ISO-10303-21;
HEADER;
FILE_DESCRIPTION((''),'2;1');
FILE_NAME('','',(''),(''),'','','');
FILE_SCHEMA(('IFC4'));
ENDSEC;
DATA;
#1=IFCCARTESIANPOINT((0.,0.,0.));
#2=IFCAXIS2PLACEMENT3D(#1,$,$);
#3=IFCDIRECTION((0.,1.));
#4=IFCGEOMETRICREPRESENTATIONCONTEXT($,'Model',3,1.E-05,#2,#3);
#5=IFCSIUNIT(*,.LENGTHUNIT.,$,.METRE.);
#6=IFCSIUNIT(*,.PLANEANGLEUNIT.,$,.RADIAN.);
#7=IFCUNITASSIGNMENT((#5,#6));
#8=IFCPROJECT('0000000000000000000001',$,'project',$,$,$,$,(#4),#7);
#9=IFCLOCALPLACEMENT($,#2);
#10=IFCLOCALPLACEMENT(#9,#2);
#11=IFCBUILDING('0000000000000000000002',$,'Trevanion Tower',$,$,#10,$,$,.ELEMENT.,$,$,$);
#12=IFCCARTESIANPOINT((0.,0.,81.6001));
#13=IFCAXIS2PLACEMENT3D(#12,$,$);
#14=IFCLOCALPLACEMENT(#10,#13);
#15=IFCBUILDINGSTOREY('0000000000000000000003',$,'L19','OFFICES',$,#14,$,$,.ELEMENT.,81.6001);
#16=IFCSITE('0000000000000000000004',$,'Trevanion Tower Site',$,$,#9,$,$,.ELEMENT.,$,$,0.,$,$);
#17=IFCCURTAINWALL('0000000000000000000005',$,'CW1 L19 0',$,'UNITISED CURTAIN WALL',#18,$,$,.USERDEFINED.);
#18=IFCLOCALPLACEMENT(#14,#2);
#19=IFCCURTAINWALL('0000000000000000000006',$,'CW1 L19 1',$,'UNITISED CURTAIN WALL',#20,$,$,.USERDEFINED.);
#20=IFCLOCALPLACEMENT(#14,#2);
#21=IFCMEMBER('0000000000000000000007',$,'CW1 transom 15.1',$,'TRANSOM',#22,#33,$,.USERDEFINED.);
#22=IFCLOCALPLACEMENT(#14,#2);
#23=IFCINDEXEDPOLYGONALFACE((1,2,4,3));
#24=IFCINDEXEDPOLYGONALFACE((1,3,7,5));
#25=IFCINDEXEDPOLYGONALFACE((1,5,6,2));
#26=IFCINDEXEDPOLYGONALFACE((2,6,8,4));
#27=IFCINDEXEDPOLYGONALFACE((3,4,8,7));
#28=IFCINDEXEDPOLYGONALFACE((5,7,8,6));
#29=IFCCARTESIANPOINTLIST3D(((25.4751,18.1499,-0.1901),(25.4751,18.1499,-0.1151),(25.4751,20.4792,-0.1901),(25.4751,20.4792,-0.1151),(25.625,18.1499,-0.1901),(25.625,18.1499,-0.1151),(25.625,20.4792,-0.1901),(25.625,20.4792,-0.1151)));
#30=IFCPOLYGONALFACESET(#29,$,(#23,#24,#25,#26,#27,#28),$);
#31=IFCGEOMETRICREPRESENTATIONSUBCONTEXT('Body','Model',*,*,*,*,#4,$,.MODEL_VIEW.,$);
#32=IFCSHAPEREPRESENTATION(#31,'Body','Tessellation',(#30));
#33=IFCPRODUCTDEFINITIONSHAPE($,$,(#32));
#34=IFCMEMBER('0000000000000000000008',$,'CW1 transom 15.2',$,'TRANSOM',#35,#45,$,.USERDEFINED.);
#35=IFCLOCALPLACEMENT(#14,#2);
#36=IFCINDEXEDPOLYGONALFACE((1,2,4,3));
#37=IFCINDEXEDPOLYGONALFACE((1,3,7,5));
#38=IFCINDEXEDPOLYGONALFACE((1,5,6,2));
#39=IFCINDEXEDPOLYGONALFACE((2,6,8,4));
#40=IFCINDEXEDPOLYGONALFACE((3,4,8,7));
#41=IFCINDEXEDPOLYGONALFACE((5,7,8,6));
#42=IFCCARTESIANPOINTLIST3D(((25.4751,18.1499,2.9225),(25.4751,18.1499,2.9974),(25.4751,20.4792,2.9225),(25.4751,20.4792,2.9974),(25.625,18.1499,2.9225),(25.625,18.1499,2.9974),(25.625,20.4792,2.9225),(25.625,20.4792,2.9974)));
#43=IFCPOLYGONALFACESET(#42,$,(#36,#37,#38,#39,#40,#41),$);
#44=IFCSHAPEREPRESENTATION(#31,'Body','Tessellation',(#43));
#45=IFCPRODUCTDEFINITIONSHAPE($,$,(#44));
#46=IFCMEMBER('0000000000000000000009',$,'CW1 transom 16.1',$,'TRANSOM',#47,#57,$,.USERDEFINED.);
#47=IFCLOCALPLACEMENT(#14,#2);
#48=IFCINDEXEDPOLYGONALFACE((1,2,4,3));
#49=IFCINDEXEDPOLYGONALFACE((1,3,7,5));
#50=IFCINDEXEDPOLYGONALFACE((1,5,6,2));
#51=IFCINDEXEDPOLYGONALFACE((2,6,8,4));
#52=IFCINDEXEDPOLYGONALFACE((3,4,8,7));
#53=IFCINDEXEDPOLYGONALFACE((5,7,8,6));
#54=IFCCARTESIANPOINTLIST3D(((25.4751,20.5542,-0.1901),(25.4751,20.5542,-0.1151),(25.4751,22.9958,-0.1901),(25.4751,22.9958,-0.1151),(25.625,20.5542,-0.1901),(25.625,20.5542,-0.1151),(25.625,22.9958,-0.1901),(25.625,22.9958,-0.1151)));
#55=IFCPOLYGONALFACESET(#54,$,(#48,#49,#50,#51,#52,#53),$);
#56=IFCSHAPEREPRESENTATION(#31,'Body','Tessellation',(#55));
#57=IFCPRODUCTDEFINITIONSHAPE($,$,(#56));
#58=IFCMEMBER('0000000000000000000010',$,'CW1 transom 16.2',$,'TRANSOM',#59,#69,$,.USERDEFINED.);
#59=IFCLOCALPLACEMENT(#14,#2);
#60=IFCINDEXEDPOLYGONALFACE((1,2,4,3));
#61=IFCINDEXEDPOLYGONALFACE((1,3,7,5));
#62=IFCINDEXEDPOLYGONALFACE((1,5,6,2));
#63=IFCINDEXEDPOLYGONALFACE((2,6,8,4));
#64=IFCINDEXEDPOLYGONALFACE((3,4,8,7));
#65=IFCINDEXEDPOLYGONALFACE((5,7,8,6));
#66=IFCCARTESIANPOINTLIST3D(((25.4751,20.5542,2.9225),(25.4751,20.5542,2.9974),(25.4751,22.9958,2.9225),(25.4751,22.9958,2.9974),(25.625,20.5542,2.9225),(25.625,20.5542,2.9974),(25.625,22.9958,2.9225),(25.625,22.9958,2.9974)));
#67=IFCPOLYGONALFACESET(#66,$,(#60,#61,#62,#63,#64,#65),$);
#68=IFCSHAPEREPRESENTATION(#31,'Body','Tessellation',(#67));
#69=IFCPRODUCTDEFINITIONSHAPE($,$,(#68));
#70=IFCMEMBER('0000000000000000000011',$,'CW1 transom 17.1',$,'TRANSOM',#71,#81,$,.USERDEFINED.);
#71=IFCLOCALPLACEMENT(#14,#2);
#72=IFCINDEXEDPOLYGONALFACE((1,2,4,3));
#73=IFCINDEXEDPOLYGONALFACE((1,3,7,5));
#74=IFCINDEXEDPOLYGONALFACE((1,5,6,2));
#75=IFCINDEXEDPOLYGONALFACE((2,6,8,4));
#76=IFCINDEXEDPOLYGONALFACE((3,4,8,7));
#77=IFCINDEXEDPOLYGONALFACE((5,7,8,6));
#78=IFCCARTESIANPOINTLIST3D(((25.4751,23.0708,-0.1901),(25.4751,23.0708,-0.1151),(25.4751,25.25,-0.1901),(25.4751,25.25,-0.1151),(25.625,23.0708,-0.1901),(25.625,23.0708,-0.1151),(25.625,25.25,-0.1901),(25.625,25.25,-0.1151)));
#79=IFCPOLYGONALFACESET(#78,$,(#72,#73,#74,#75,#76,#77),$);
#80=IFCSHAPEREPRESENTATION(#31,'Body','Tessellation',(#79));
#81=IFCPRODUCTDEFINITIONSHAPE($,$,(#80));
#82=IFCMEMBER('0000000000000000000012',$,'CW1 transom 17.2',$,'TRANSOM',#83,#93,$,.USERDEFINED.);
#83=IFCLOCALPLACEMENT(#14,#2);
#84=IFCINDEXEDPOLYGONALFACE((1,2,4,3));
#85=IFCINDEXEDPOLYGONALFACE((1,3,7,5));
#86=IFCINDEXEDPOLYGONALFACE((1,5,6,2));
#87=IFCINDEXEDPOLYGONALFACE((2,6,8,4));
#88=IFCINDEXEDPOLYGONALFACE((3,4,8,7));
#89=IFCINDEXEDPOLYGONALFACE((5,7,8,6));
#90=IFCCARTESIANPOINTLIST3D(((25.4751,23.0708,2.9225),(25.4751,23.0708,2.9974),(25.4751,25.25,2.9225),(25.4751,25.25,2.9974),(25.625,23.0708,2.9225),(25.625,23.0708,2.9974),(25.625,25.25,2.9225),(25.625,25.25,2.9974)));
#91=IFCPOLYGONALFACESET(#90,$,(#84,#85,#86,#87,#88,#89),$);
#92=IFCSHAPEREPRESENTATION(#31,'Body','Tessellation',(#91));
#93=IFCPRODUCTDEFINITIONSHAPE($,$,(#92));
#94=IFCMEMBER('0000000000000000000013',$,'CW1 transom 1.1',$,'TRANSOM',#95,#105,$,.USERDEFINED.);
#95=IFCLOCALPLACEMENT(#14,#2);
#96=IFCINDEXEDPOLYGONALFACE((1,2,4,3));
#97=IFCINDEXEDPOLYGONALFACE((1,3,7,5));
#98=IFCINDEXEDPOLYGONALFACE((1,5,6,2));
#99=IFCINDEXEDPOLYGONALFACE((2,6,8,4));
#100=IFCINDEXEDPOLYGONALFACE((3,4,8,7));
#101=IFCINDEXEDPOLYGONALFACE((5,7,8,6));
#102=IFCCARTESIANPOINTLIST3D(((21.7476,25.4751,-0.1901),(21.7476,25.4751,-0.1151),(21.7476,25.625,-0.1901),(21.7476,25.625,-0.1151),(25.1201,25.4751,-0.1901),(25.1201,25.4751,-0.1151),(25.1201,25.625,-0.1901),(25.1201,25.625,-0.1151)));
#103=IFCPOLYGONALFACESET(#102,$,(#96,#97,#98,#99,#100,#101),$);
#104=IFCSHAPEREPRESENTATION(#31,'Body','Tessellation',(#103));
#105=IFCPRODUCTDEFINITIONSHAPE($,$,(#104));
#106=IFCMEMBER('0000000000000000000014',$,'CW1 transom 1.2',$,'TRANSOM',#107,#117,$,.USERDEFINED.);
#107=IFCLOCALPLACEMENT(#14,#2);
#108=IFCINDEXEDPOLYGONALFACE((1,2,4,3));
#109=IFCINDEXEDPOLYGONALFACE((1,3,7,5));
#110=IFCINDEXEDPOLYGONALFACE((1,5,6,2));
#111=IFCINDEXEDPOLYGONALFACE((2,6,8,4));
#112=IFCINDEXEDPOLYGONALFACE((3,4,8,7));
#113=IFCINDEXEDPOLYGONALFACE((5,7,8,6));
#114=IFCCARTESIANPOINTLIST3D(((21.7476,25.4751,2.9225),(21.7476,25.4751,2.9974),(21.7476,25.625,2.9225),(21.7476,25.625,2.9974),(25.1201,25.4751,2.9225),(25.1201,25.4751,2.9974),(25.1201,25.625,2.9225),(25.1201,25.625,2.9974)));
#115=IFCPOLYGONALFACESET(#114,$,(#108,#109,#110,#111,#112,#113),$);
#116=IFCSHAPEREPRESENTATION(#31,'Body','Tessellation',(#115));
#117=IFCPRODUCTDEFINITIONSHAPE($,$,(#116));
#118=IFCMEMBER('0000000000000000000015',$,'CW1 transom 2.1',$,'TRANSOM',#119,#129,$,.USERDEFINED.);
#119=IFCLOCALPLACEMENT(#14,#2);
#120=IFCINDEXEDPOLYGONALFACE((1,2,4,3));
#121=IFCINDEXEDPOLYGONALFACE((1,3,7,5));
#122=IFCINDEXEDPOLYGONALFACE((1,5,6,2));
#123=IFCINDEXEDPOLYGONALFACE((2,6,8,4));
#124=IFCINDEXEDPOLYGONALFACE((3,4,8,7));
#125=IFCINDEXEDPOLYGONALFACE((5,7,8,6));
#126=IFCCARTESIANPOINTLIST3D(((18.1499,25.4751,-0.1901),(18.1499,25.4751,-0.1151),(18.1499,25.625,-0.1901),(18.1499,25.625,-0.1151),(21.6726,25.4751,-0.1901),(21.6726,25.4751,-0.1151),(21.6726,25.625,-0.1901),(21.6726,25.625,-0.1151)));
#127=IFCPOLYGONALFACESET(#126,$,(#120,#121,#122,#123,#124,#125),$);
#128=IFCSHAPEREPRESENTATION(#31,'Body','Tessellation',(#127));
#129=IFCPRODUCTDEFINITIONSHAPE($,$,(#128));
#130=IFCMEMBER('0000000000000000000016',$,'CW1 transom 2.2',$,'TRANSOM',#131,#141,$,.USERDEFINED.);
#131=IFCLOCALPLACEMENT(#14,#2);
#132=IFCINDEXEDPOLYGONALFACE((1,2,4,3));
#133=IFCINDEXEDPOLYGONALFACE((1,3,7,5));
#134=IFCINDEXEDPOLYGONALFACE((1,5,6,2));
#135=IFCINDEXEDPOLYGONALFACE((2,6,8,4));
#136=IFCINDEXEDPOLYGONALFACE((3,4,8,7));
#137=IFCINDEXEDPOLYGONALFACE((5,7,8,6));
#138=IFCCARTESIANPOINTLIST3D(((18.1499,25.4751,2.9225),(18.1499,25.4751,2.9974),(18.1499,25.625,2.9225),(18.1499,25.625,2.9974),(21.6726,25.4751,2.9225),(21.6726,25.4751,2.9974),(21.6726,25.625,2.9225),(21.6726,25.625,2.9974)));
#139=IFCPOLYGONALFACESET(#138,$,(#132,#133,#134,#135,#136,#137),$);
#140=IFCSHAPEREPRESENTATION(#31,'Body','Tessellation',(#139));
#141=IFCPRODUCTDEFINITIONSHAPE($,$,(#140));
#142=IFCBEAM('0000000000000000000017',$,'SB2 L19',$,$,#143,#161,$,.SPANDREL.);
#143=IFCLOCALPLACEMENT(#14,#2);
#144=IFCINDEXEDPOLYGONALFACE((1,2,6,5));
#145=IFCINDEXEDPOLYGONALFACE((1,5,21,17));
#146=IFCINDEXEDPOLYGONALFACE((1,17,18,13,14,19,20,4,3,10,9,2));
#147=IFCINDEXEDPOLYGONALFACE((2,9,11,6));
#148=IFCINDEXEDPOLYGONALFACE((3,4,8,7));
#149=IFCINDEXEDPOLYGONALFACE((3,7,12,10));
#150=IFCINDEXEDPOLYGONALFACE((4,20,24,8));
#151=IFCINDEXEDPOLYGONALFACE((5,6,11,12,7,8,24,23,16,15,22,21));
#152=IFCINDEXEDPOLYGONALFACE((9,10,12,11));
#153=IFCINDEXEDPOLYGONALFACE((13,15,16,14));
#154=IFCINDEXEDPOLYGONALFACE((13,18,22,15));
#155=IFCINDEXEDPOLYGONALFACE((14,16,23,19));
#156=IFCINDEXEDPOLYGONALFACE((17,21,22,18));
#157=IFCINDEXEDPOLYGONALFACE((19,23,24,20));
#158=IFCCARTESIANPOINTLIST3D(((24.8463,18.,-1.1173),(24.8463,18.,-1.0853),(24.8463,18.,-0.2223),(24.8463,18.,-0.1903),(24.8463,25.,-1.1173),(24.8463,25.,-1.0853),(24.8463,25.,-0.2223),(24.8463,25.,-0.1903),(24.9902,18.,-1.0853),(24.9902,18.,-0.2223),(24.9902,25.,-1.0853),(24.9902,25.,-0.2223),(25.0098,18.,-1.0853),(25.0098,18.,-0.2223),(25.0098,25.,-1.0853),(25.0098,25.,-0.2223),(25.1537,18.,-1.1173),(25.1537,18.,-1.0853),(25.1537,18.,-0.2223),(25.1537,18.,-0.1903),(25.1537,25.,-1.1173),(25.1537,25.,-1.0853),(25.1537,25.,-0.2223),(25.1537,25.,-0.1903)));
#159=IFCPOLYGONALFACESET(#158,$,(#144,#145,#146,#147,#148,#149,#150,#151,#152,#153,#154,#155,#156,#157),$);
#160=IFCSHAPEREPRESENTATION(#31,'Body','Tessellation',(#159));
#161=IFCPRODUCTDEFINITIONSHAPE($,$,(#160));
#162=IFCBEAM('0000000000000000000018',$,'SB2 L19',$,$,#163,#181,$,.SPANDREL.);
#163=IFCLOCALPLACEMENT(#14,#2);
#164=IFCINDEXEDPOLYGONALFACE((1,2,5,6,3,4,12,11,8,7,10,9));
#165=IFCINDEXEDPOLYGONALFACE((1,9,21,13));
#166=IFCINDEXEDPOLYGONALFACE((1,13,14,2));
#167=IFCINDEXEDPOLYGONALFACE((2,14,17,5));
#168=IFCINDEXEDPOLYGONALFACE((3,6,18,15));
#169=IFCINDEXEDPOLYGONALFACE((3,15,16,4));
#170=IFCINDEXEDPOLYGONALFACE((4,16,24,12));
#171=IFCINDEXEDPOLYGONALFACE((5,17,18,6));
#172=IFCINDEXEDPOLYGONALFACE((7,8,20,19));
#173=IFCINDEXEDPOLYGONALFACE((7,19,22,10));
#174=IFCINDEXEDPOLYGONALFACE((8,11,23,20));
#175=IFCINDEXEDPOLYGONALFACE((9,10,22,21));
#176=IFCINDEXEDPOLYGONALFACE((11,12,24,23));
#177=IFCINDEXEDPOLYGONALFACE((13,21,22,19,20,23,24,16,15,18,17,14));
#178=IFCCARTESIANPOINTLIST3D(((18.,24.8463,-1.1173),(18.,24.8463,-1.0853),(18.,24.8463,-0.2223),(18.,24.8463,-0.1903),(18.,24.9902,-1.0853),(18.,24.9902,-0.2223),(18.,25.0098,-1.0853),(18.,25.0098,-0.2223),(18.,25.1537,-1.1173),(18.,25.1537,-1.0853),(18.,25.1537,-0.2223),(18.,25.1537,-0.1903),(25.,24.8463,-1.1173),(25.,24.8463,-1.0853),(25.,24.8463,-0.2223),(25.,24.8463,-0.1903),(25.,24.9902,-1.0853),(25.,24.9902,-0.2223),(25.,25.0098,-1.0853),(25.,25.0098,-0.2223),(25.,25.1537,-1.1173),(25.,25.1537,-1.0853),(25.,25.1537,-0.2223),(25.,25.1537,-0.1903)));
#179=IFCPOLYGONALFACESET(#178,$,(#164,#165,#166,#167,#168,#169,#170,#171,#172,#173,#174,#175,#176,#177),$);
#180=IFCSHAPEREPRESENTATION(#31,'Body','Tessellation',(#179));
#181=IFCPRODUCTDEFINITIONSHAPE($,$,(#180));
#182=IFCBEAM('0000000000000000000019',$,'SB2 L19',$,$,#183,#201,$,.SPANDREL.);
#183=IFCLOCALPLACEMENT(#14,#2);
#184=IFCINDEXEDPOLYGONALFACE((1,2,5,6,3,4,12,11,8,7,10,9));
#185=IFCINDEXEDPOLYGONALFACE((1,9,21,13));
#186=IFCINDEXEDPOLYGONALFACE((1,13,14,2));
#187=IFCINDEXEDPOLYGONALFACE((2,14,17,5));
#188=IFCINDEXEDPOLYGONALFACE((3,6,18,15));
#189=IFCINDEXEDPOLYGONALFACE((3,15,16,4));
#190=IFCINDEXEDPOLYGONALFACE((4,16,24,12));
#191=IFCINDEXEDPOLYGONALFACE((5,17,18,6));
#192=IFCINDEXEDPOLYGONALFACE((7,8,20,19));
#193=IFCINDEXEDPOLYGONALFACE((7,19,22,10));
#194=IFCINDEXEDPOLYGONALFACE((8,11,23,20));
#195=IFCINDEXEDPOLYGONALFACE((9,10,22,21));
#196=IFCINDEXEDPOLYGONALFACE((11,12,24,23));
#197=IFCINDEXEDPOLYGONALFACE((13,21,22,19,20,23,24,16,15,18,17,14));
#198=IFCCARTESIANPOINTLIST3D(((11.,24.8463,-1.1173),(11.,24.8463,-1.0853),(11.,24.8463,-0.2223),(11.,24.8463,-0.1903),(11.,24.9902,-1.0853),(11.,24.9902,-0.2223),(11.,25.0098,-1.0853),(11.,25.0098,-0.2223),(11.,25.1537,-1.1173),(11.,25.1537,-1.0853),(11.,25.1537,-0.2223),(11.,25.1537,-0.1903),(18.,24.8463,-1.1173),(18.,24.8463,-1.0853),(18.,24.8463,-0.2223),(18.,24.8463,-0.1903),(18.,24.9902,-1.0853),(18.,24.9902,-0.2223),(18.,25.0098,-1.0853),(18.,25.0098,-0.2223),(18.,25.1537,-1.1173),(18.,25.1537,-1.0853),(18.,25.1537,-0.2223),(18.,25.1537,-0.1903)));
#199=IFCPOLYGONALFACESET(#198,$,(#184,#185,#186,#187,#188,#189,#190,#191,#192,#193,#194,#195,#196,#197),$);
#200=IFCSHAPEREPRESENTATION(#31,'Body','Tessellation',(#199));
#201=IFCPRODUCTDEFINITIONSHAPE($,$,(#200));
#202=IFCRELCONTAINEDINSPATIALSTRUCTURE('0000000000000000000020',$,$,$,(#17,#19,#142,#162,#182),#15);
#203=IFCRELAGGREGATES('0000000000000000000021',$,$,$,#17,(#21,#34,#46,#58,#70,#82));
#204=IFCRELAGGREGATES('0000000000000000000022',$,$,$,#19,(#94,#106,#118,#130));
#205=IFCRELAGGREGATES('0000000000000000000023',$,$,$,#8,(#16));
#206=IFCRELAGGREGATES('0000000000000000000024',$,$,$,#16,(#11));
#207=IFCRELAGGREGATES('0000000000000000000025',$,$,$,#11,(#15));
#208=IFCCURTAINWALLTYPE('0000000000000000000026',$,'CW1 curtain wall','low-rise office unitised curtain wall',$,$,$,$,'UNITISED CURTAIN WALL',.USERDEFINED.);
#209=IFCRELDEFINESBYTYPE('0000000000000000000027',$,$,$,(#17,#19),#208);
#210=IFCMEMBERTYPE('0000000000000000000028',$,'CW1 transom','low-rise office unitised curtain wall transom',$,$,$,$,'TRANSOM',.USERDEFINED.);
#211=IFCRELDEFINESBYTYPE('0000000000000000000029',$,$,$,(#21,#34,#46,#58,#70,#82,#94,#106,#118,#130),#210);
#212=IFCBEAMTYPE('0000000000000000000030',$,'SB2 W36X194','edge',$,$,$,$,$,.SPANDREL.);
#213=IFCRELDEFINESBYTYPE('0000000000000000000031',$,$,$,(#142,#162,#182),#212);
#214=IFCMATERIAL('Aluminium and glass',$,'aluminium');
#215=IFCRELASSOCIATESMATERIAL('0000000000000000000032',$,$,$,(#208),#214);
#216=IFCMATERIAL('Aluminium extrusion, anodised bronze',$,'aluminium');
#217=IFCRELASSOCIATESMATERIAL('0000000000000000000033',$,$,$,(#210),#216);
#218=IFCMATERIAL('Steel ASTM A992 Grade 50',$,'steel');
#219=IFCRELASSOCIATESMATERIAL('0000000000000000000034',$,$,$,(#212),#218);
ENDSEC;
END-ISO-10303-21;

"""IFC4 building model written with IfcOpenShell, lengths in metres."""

from ifc_helpers import new_model, si_unit, direction, frame, origin, origin_2d, place, context, subcontext, project, spatial, rectangle, i_section, extrude, material, material_profile, profile_set, type_object, element, aggregate, save


model = new_model("IFC4")

# Units and contexts
model_context = context("Model", 3, precision=1e-05, world=origin(), true_north=direction((0.0, 1.0)))
body_context = subcontext(model_context, "Body", "Model", "MODEL_VIEW")
ifc_project = project(units=[si_unit("LENGTHUNIT", "METRE"), si_unit("PLANEANGLEUNIT", "RADIAN")], contexts=[model_context])

# Site, building, storey
site_placement = place(None, origin())
site = spatial("IfcSite", under=ifc_project, at=site_placement, Name="Trevanion Tower Site", CompositionType="ELEMENT", RefElevation=0.0)
building_placement = place(site_placement, origin())
building = spatial("IfcBuilding", under=site, at=building_placement, Name="Trevanion Tower", CompositionType="ELEMENT")
storey_placement = place(building_placement, frame((0.0, 0.0, 81.6001)))
storey = spatial("IfcBuildingStorey", under=building, at=storey_placement, Name="L19", Description="OFFICES", CompositionType="ELEMENT", Elevation=81.6001)

# Curtain wall
ifc_material_1 = material(Name="Aluminium and glass", Category="aluminium")
curtain_wall_type = type_object("IfcCurtainWallType", Name="CW1 curtain wall", Description="low-rise office unitised curtain wall", ElementType="UNITISED CURTAIN WALL", PredefinedType="USERDEFINED", material=ifc_material_1)
curtain_wall_1_placement = place(storey_placement, origin())
curtain_wall_1 = element("IfcCurtainWall", 1, at=curtain_wall_1_placement, inside=storey, type_object=curtain_wall_type, Name="CW1 L19 0", ObjectType="UNITISED CURTAIN WALL", PredefinedType="USERDEFINED")

# Curtain wall
curtain_wall_2_placement = place(storey_placement, origin())
curtain_wall_2 = element("IfcCurtainWall", 2, at=curtain_wall_2_placement, inside=storey, type_object=curtain_wall_type, Name="CW1 L19 1", ObjectType="UNITISED CURTAIN WALL", PredefinedType="USERDEFINED")

# Members
ifc_material_2 = material(Name="Aluminium extrusion, anodised bronze", Category="aluminium")
ifc_material_profile_1 = material_profile(ifc_material_2, rectangle(XDim=0.1499, YDim=0.075, at=origin_2d()), Name="CW1 transom")
ifc_profile_set_1 = profile_set([ifc_material_profile_1], Name="Aluminium extrusion, anodised bronze")
member_type_1 = type_object("IfcMemberType", Name="CW1 transom", Description="low-rise office unitised curtain wall transom", ElementType="TRANSOM", PredefinedType="USERDEFINED", material=ifc_profile_set_1)
member_1_placement = place(storey_placement, frame((25.55, 18.1499, -0.1526), z_axis=(0.0, 1.0, 0.0), x_axis=(-1.0, 0.0, 0.0)))
member_1 = element("IfcMember", 3, at=member_1_placement, type_object=member_type_1, Name="CW1 transom 15.1", ObjectType="TRANSOM", PredefinedType="USERDEFINED", context=body_context, shape_type="SweptSolid", body=[
    extrude(rectangle(XDim=0.1499, YDim=0.075, at=origin_2d()), origin(), (0.0, 0.0, 1.0), 2.3293),
])
member_2_placement = place(storey_placement, frame((25.55, 18.1499, 2.96), z_axis=(0.0, 1.0, 0.0), x_axis=(-1.0, 0.0, 0.0)))
member_2 = element("IfcMember", 4, at=member_2_placement, type_object=member_type_1, Name="CW1 transom 15.2", ObjectType="TRANSOM", PredefinedType="USERDEFINED", context=body_context, shape_type="SweptSolid", body=[
    extrude(rectangle(XDim=0.1499, YDim=0.075, at=origin_2d()), origin(), (0.0, 0.0, 1.0), 2.3293),
])
member_3_placement = place(storey_placement, frame((25.55, 20.5542, -0.1526), z_axis=(0.0, 1.0, 0.0), x_axis=(-1.0, 0.0, 0.0)))
member_3 = element("IfcMember", 5, at=member_3_placement, type_object=member_type_1, Name="CW1 transom 16.1", ObjectType="TRANSOM", PredefinedType="USERDEFINED", context=body_context, shape_type="SweptSolid", body=[
    extrude(rectangle(XDim=0.1499, YDim=0.075, at=origin_2d()), origin(), (0.0, 0.0, 1.0), 2.4417),
])
member_4_placement = place(storey_placement, frame((25.55, 20.5542, 2.96), z_axis=(0.0, 1.0, 0.0), x_axis=(-1.0, 0.0, 0.0)))
member_4 = element("IfcMember", 6, at=member_4_placement, type_object=member_type_1, Name="CW1 transom 16.2", ObjectType="TRANSOM", PredefinedType="USERDEFINED", context=body_context, shape_type="SweptSolid", body=[
    extrude(rectangle(XDim=0.1499, YDim=0.075, at=origin_2d()), origin(), (0.0, 0.0, 1.0), 2.4417),
])
member_5_placement = place(storey_placement, frame((25.55, 23.0708, -0.1526), z_axis=(0.0, 1.0, 0.0), x_axis=(-1.0, 0.0, 0.0)))
member_5 = element("IfcMember", 7, at=member_5_placement, type_object=member_type_1, Name="CW1 transom 17.1", ObjectType="TRANSOM", PredefinedType="USERDEFINED", context=body_context, shape_type="SweptSolid", body=[
    extrude(rectangle(XDim=0.1499, YDim=0.075, at=origin_2d()), origin(), (0.0, 0.0, 1.0), 2.1792),
])
member_6_placement = place(storey_placement, frame((25.55, 23.0708, 2.96), z_axis=(0.0, 1.0, 0.0), x_axis=(-1.0, 0.0, 0.0)))
member_6 = element("IfcMember", 8, at=member_6_placement, type_object=member_type_1, Name="CW1 transom 17.2", ObjectType="TRANSOM", PredefinedType="USERDEFINED", context=body_context, shape_type="SweptSolid", body=[
    extrude(rectangle(XDim=0.1499, YDim=0.075, at=origin_2d()), origin(), (0.0, 0.0, 1.0), 2.1792),
])
member_7_placement = place(storey_placement, frame((25.1201, 25.55, -0.1526), z_axis=(-1.0, 0.0, 0.0), x_axis=(0.0, -1.0, 0.0)))
member_7 = element("IfcMember", 9, at=member_7_placement, type_object=member_type_1, Name="CW1 transom 1.1", ObjectType="TRANSOM", PredefinedType="USERDEFINED", context=body_context, shape_type="SweptSolid", body=[
    extrude(rectangle(XDim=0.1499, YDim=0.075, at=origin_2d()), origin(), (0.0, 0.0, 1.0), 3.3726),
])
member_8_placement = place(storey_placement, frame((25.1201, 25.55, 2.96), z_axis=(-1.0, 0.0, 0.0), x_axis=(0.0, -1.0, 0.0)))
member_8 = element("IfcMember", 10, at=member_8_placement, type_object=member_type_1, Name="CW1 transom 1.2", ObjectType="TRANSOM", PredefinedType="USERDEFINED", context=body_context, shape_type="SweptSolid", body=[
    extrude(rectangle(XDim=0.1499, YDim=0.075, at=origin_2d()), origin(), (0.0, 0.0, 1.0), 3.3726),
])
member_9_placement = place(storey_placement, frame((21.6726, 25.55, -0.1526), z_axis=(-1.0, 0.0, 0.0), x_axis=(0.0, -1.0, 0.0)))
member_9 = element("IfcMember", 11, at=member_9_placement, type_object=member_type_1, Name="CW1 transom 2.1", ObjectType="TRANSOM", PredefinedType="USERDEFINED", context=body_context, shape_type="SweptSolid", body=[
    extrude(rectangle(XDim=0.1499, YDim=0.075, at=origin_2d()), origin(), (0.0, 0.0, 1.0), 3.5227),
])
member_10_placement = place(storey_placement, frame((21.6726, 25.55, 2.96), z_axis=(-1.0, 0.0, 0.0), x_axis=(0.0, -1.0, 0.0)))
member_10 = element("IfcMember", 12, at=member_10_placement, type_object=member_type_1, Name="CW1 transom 2.2", ObjectType="TRANSOM", PredefinedType="USERDEFINED", context=body_context, shape_type="SweptSolid", body=[
    extrude(rectangle(XDim=0.1499, YDim=0.075, at=origin_2d()), origin(), (0.0, 0.0, 1.0), 3.5227),
])

# Beams
ifc_material_3 = material(Name="Steel ASTM A992 Grade 50", Category="steel")
ifc_material_profile_2 = material_profile(ifc_material_3, i_section(OverallWidth=0.3074, OverallDepth=0.927, WebThickness=0.0195, FlangeThickness=0.032, at=origin_2d()), Name="W36X194")
ifc_profile_set_2 = profile_set([ifc_material_profile_2], Name="Steel ASTM A992 Grade 50")
beam_type = type_object("IfcBeamType", Name="SB2 W36X194", Description="edge", PredefinedType="SPANDREL", material=ifc_profile_set_2)
for number, where, z_axis, x_axis, name in (
    (13, (25.0, 18.0, -0.6538), (0.0, 1.0, 0.0), (-1.0, 0.0, 0.0), "SB2 L19"),
    (14, (25.0, 25.0, -0.6538), (-1.0, 0.0, 0.0), (0.0, -1.0, 0.0), "SB2 L19"),
    (15, (18.0, 25.0, -0.6538), (-1.0, 0.0, 0.0), (0.0, -1.0, 0.0), "SB2 L19"),
):
    element("IfcBeam", number, at=place(storey_placement, frame(where, z_axis=z_axis, x_axis=x_axis)), inside=storey, type_object=beam_type, Name=name, PredefinedType="SPANDREL", context=body_context, shape_type="SweptSolid", body=[
        extrude(i_section(OverallWidth=0.3074, OverallDepth=0.927, WebThickness=0.0195, FlangeThickness=0.032, at=origin_2d()), origin(), (0.0, 0.0, 1.0), 7.0),
    ])

aggregate(curtain_wall_1, [member_1, member_2, member_3, member_4, member_5, member_6])
aggregate(curtain_wall_2, [member_7, member_8, member_9, member_10])

save(model, "model.ifc")
